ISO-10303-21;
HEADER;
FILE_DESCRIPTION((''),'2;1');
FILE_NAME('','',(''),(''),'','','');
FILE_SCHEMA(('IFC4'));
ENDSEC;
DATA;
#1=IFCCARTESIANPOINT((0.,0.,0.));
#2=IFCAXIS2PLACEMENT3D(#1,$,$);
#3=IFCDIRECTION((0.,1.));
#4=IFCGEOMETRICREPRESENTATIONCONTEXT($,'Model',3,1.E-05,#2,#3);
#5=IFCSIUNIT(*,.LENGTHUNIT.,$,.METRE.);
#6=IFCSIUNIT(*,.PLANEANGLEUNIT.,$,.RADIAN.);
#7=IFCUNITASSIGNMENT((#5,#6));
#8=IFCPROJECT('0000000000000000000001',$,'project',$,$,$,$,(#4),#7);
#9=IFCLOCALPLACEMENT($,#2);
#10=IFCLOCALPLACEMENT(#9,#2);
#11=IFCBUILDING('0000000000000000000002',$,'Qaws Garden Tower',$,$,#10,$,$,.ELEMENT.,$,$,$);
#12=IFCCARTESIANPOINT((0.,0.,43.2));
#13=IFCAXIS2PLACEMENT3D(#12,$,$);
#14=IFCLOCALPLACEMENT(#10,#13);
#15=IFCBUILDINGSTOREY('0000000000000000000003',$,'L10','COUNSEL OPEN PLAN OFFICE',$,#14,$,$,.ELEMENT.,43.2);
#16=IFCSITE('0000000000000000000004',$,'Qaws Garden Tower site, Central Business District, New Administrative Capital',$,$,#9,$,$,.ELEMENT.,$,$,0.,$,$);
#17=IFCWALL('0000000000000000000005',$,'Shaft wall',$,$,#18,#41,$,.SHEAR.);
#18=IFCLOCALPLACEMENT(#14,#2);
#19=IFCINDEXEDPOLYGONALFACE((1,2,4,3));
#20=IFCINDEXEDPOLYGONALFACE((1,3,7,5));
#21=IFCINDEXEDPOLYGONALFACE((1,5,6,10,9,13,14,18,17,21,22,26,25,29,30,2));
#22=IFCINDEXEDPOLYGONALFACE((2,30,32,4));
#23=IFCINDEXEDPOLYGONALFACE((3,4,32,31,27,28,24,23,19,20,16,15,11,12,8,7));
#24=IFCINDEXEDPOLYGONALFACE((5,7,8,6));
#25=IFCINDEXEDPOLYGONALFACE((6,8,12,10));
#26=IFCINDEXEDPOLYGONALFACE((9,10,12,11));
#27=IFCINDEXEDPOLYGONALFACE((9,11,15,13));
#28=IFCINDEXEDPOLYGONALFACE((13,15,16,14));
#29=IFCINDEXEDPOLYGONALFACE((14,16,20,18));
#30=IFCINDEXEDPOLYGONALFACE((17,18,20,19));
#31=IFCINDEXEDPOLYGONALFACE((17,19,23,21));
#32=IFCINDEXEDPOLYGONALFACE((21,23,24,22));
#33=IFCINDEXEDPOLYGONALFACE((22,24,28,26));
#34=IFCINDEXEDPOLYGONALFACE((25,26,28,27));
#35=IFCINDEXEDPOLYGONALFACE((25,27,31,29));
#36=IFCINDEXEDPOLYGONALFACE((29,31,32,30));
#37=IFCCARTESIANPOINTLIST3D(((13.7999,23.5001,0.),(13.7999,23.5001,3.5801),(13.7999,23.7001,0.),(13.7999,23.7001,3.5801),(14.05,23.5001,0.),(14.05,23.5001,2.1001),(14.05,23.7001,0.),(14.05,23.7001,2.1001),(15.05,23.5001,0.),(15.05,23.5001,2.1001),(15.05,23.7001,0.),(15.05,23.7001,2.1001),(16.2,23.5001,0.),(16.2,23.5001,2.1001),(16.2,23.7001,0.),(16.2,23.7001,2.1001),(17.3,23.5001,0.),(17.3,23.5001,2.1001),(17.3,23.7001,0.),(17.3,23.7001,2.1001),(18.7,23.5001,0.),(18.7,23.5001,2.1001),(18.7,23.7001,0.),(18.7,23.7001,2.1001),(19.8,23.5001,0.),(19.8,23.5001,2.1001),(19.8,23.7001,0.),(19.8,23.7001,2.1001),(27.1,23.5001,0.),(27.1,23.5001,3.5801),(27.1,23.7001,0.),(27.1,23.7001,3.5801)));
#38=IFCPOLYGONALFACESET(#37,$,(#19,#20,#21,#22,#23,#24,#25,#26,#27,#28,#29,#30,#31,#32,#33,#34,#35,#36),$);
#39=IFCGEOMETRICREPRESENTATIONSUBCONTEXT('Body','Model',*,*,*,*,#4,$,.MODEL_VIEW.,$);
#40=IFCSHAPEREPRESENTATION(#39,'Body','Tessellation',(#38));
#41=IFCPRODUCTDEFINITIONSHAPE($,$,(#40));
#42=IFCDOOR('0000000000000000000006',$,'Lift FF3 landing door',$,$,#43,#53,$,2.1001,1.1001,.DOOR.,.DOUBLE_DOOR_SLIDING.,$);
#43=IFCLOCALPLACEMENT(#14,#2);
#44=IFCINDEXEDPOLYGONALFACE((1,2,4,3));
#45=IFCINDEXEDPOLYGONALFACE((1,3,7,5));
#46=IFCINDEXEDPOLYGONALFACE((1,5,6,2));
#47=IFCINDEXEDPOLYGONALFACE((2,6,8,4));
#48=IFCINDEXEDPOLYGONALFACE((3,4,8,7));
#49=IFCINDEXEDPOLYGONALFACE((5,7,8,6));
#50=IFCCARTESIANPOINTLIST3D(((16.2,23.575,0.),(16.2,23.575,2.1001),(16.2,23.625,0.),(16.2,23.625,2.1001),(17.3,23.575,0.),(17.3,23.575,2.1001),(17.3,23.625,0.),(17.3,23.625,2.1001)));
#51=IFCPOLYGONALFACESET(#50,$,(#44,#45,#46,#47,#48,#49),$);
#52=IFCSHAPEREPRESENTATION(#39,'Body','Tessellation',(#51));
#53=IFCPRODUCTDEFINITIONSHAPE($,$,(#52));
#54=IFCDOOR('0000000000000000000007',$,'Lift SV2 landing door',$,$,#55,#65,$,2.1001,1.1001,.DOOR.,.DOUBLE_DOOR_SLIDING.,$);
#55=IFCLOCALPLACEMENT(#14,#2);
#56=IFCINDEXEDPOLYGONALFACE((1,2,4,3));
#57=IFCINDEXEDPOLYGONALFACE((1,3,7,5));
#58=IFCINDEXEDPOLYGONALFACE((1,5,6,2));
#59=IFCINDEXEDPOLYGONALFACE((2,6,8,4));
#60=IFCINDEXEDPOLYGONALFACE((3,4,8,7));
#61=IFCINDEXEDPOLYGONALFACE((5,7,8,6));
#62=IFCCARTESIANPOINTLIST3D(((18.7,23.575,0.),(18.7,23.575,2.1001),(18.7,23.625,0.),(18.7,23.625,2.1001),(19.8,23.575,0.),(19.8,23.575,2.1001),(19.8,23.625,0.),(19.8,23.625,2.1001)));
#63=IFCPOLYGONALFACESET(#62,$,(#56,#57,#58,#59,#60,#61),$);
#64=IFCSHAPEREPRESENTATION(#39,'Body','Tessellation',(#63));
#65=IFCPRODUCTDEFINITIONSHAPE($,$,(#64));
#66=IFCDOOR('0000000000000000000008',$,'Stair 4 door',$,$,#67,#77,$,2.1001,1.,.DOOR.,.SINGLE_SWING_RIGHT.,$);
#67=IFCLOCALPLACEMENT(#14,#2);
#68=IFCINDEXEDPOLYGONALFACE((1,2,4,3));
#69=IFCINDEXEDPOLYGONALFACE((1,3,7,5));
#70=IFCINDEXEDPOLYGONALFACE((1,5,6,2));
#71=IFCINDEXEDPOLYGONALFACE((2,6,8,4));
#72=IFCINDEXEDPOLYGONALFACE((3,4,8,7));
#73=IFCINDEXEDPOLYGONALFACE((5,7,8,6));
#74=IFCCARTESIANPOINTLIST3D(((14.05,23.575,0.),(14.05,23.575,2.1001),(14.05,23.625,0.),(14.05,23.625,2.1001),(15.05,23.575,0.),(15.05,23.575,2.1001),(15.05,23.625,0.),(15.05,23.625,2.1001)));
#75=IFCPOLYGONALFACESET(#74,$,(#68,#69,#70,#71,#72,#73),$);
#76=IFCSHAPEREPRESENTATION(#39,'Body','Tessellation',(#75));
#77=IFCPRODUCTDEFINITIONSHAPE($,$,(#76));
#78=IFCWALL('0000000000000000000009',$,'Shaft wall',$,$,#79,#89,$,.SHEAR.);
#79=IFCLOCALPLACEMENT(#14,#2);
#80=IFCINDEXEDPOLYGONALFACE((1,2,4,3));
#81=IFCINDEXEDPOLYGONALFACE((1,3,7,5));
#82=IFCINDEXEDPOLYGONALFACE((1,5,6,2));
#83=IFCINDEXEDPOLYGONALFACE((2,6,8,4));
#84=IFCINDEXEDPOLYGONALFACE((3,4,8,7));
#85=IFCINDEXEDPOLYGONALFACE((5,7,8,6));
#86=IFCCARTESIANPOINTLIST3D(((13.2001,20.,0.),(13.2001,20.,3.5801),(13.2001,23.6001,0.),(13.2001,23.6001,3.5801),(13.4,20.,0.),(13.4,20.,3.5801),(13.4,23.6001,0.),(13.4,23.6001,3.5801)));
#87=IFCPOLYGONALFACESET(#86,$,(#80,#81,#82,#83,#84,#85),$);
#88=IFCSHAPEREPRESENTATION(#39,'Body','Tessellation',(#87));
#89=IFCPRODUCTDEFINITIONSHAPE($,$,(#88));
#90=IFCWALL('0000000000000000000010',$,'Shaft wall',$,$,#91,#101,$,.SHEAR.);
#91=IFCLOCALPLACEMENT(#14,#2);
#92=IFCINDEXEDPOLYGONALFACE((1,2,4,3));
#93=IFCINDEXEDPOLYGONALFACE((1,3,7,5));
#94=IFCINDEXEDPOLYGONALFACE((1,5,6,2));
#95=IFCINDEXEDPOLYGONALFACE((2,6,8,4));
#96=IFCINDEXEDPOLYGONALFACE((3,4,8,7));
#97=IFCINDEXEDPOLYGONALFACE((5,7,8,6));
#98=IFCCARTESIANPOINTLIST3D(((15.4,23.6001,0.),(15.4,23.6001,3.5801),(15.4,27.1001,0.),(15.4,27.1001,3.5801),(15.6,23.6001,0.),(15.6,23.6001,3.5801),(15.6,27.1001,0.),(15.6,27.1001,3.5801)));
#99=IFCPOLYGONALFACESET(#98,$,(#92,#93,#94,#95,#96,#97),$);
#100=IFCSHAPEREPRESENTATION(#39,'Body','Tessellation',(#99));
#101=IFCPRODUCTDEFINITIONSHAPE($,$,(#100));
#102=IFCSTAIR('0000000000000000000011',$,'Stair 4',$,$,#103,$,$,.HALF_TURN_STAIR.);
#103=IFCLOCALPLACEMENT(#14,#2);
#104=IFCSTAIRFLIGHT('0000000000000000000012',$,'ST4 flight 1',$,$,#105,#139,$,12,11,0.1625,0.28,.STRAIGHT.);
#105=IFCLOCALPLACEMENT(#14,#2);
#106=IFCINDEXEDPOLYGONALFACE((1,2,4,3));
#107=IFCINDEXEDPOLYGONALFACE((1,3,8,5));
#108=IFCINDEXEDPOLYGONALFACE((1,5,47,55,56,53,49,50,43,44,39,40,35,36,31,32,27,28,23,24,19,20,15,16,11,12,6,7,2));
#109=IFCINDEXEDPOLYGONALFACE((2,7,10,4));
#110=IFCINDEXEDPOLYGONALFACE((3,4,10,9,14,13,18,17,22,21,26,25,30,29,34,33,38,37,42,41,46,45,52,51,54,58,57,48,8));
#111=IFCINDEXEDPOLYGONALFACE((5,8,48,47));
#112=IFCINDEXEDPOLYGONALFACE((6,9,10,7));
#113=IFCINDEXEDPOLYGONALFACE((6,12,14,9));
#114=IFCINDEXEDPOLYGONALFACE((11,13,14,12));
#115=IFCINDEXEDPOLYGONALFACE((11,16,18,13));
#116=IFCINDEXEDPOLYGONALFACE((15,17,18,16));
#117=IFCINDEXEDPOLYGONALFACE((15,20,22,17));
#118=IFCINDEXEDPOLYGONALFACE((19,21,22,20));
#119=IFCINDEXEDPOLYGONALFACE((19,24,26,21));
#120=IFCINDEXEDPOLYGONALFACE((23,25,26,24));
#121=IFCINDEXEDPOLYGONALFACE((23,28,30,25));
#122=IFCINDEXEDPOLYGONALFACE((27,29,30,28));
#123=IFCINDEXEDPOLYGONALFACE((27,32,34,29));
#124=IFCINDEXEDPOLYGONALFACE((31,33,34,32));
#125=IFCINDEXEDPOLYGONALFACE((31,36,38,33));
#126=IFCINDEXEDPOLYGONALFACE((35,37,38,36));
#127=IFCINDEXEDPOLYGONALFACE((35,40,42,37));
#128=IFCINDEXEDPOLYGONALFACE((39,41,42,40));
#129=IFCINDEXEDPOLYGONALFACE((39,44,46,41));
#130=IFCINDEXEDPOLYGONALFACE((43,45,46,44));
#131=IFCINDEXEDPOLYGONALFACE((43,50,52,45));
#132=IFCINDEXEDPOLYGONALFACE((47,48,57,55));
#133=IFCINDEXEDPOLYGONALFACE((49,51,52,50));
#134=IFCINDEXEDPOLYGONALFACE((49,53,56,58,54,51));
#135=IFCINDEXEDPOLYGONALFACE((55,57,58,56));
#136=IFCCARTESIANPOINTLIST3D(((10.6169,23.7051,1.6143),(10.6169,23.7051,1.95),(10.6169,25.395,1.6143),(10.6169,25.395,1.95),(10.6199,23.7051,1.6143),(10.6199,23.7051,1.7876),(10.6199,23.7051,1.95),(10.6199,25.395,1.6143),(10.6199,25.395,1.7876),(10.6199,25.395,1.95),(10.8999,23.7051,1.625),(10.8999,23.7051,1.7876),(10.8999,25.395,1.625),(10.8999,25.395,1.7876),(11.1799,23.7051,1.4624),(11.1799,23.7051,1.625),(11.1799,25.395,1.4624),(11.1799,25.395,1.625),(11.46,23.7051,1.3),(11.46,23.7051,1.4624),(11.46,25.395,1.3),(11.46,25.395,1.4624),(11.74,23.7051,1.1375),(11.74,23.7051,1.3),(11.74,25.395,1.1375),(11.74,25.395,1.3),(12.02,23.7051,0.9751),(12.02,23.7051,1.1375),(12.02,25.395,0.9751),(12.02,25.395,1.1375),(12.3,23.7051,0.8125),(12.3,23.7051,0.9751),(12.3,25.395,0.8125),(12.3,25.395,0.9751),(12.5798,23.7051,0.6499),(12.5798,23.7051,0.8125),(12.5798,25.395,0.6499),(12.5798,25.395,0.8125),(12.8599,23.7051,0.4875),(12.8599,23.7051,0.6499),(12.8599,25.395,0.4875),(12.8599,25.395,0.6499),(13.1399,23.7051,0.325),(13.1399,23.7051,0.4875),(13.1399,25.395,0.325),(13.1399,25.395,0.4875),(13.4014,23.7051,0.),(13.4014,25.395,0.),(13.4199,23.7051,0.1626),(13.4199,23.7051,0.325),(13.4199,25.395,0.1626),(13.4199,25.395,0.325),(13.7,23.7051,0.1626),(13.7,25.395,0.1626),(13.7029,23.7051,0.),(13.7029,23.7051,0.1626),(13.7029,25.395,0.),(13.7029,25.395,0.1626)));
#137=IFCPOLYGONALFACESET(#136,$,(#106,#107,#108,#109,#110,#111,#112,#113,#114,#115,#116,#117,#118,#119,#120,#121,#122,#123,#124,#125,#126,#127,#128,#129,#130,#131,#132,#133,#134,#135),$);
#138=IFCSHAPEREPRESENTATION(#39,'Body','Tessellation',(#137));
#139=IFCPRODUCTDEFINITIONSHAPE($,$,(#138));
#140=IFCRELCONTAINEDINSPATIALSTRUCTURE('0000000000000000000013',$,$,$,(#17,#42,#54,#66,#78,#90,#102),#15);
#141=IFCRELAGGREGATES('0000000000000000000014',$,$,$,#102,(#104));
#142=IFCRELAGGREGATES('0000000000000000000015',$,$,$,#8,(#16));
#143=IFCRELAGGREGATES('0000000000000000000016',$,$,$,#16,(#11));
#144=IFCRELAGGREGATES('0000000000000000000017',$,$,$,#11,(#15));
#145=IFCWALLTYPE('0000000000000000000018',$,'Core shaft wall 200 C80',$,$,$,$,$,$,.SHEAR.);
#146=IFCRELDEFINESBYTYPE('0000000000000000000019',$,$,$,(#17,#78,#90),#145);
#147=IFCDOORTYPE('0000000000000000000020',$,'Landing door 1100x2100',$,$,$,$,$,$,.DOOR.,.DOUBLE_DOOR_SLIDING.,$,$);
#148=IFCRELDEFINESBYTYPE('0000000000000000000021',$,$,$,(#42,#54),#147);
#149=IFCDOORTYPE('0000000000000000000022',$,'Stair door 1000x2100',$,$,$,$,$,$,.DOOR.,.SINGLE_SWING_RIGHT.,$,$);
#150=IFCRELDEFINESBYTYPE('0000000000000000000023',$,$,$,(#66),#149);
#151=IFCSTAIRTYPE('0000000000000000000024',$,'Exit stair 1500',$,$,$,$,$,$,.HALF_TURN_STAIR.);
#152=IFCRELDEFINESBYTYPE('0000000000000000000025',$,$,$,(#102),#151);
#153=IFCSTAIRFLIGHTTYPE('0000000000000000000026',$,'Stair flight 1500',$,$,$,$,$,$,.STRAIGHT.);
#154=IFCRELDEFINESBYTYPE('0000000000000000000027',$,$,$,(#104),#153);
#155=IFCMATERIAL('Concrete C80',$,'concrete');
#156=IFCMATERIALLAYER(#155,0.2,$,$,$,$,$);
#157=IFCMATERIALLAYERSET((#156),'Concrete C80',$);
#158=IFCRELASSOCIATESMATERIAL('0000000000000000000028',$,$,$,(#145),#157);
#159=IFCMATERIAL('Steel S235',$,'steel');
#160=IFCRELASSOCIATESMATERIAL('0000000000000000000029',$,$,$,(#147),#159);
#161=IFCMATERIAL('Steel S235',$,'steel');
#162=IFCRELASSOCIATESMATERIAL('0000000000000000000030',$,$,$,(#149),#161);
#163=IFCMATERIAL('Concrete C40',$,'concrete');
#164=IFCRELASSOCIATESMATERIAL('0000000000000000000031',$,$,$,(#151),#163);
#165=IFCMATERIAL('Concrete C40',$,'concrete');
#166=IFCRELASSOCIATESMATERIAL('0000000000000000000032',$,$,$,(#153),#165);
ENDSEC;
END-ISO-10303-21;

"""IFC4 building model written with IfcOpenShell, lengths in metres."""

from ifc_helpers import new_model, si_unit, direction, frame, frame_2d, origin, place, context, subcontext, project, spatial, polyline, rectangle, outline, extrude, material, layer, layer_set, type_object, element, fill, aggregate, save


model = new_model("IFC4")

# Units and contexts
model_context = context("Model", 3, precision=1e-05, world=origin(), true_north=direction((0.0, 1.0)))
body_context = subcontext(model_context, "Body", "Model", "MODEL_VIEW")
ifc_project = project(units=[si_unit("LENGTHUNIT", "METRE"), si_unit("PLANEANGLEUNIT", "RADIAN")], contexts=[model_context])

# Site, building, storey
site_placement = place(None, origin())
site = spatial("IfcSite", under=ifc_project, at=site_placement, Name="Qaws Garden Tower site, Central Business District, New Administrative Capital", CompositionType="ELEMENT", RefElevation=0.0)
building_placement = place(site_placement, origin())
building = spatial("IfcBuilding", under=site, at=building_placement, Name="Qaws Garden Tower", CompositionType="ELEMENT")
storey_placement = place(building_placement, frame((0.0, 0.0, 43.2)))
storey = spatial("IfcBuildingStorey", under=building, at=storey_placement, Name="L10", Description="COUNSEL OPEN PLAN OFFICE", CompositionType="ELEMENT", Elevation=43.2)

# Shared definitions
ifc_material_1 = material(Name="Concrete C80", Category="concrete")
ifc_layer_1 = layer(ifc_material_1, 0.2)
ifc_layer_set_1 = layer_set([ifc_layer_1], Name="Concrete C80")
wall_type_1 = type_object("IfcWallType", Name="Core shaft wall 200 C80", PredefinedType="SHEAR", material=ifc_layer_set_1)

# Wall, openings, doors
wall_1_placement = place(storey_placement, frame((13.8, 23.6001, 0.0), z_axis=(0.0, 0.0, 1.0), x_axis=(1.0, 0.0, 0.0)))
wall_1 = element("IfcWall", 1, at=wall_1_placement, inside=storey, type_object=wall_type_1, Name="Shaft wall", PredefinedType="SHEAR", context=body_context, shape_type="SweptSolid", body=[
    extrude(rectangle(XDim=13.3, YDim=0.2, at=frame_2d((6.6499, 0.0))), origin(), (0.0, 0.0, 1.0), 3.5801),
])
opening_1_placement = place(wall_1_placement, frame((2.3999, 0.0, 0.0)))
opening_1 = element("IfcOpeningElement", 2, at=opening_1_placement, cuts=wall_1, PredefinedType="OPENING", context=body_context, shape_type="SweptSolid", body=[
    extrude(rectangle(XDim=1.1001, YDim=2.1001, at=frame_2d((0.55, 1.05))), frame((0.0, 0.1099, 0.0), z_axis=(0.0, -1.0, 0.0), x_axis=(1.0, 0.0, 0.0)), (0.0, 0.0, 1.0), 0.22),
])
opening_2_placement = place(wall_1_placement, frame((4.8999, 0.0, 0.0)))
opening_2 = element("IfcOpeningElement", 3, at=opening_2_placement, cuts=wall_1, PredefinedType="OPENING", context=body_context, shape_type="SweptSolid", body=[
    extrude(rectangle(XDim=1.1001, YDim=2.1001, at=frame_2d((0.55, 1.05))), frame((0.0, 0.1099, 0.0), z_axis=(0.0, -1.0, 0.0), x_axis=(1.0, 0.0, 0.0)), (0.0, 0.0, 1.0), 0.22),
])
opening_3_placement = place(wall_1_placement, frame((0.25, 0.0, 0.0)))
opening_3 = element("IfcOpeningElement", 4, at=opening_3_placement, cuts=wall_1, PredefinedType="OPENING", context=body_context, shape_type="SweptSolid", body=[
    extrude(rectangle(XDim=1.0, YDim=2.1001, at=frame_2d((0.5, 1.05))), frame((0.0, 0.1099, 0.0), z_axis=(0.0, -1.0, 0.0), x_axis=(1.0, 0.0, 0.0)), (0.0, 0.0, 1.0), 0.22),
])
ifc_material_2 = material(Name="Steel S235", Category="steel")
door_type_1 = type_object("IfcDoorType", Name="Landing door 1100x2100", OperationType="DOUBLE_DOOR_SLIDING", PredefinedType="DOOR", material=ifc_material_2)
door_1_placement = place(opening_1_placement, origin())
door_1 = element("IfcDoor", 5, at=door_1_placement, inside=storey, type_object=door_type_1, Name="Lift FF3 landing door", OperationType="DOUBLE_DOOR_SLIDING", OverallHeight=2.1001, OverallWidth=1.1001, PredefinedType="DOOR", context=body_context, shape_type="SweptSolid", body=[
    extrude(rectangle(XDim=1.1001, YDim=2.1001, at=frame_2d((0.55, 1.05))), frame((0.0, 0.0249, 0.0), z_axis=(0.0, -1.0, 0.0), x_axis=(1.0, 0.0, 0.0)), (0.0, 0.0, 1.0), 0.05),
])
fill(opening_1, door_1)
door_2_placement = place(opening_2_placement, origin())
door_2 = element("IfcDoor", 6, at=door_2_placement, inside=storey, type_object=door_type_1, Name="Lift SV2 landing door", OperationType="DOUBLE_DOOR_SLIDING", OverallHeight=2.1001, OverallWidth=1.1001, PredefinedType="DOOR", context=body_context, shape_type="SweptSolid", body=[
    extrude(rectangle(XDim=1.1001, YDim=2.1001, at=frame_2d((0.55, 1.05))), frame((0.0, 0.0249, 0.0), z_axis=(0.0, -1.0, 0.0), x_axis=(1.0, 0.0, 0.0)), (0.0, 0.0, 1.0), 0.05),
])
fill(opening_2, door_2)
ifc_material_3 = material(Name="Steel S235", Category="steel")
door_type_2 = type_object("IfcDoorType", Name="Stair door 1000x2100", OperationType="SINGLE_SWING_RIGHT", PredefinedType="DOOR", material=ifc_material_3)
door_3_placement = place(opening_3_placement, origin())
door_3 = element("IfcDoor", 7, at=door_3_placement, inside=storey, type_object=door_type_2, Name="Stair 4 door", OperationType="SINGLE_SWING_RIGHT", OverallHeight=2.1001, OverallWidth=1.0, PredefinedType="DOOR", context=body_context, shape_type="SweptSolid", body=[
    extrude(rectangle(XDim=1.0, YDim=2.1001, at=frame_2d((0.5, 1.05))), frame((0.0, 0.0249, 0.0), z_axis=(0.0, -1.0, 0.0), x_axis=(1.0, 0.0, 0.0)), (0.0, 0.0, 1.0), 0.05),
])
fill(opening_3, door_3)

# Walls
wall_2_placement = place(storey_placement, frame((13.3, 20.0, 0.0), z_axis=(0.0, 0.0, 1.0), x_axis=(0.0, 1.0, 0.0)))
element("IfcWall", 8, at=wall_2_placement, inside=storey, type_object=wall_type_1, Name="Shaft wall", PredefinedType="SHEAR", context=body_context, shape_type="SweptSolid", body=[
    extrude(rectangle(XDim=3.6001, YDim=0.2, at=frame_2d((1.8, 0.0))), origin(), (0.0, 0.0, 1.0), 3.5801),
])
wall_3_placement = place(storey_placement, frame((15.5, 23.6001, 0.0), z_axis=(0.0, 0.0, 1.0), x_axis=(0.0, 1.0, 0.0)))
element("IfcWall", 9, at=wall_3_placement, inside=storey, type_object=wall_type_1, Name="Shaft wall", PredefinedType="SHEAR", context=body_context, shape_type="SweptSolid", body=[
    extrude(rectangle(XDim=3.5, YDim=0.2, at=frame_2d((1.75, 0.0))), origin(), (0.0, 0.0, 1.0), 3.5801),
])

# Stair, stair flight
ifc_material_4 = material(Name="Concrete C40", Category="concrete")
stair_type = type_object("IfcStairType", Name="Exit stair 1500", PredefinedType="HALF_TURN_STAIR", material=ifc_material_4)
stair_placement = place(storey_placement, origin())
stair = element("IfcStair", 10, at=stair_placement, inside=storey, type_object=stair_type, Name="Stair 4", PredefinedType="HALF_TURN_STAIR")
ifc_material_5 = material(Name="Concrete C40", Category="concrete")
stair_flight_type = type_object("IfcStairFlightType", Name="Stair flight 1500", PredefinedType="STRAIGHT", material=ifc_material_5)
stair_flight_1_placement = place(storey_placement, frame((13.7, 24.55, 0.0), z_axis=(0.0, 0.0, 1.0), x_axis=(-1.0, 0.0, 0.0)))
stair_flight_1 = element("IfcStairFlight", 11, at=stair_flight_1_placement, type_object=stair_flight_type, Name="ST4 flight 1", NumberOfRisers=12, NumberOfTreads=11, PredefinedType="STRAIGHT", RiserHeight=0.1625, TreadLength=0.28, context=body_context, shape_type="SweptSolid", body=[
    extrude(outline(polyline([(-0.0029, 0.0), (-0.0029, 0.1626), (0.0, 0.1626), (0.28, 0.1626), (0.28, 0.325), (0.5601, 0.325), (0.5601, 0.4875), (0.8401, 0.4875), (0.8401, 0.6499), (1.1201, 0.6499), (1.1201, 0.8125), (1.3999, 0.8125), (1.3999, 0.9751), (1.6799, 0.9751), (1.6799, 1.1375), (1.96, 1.1375), (1.96, 1.3), (2.24, 1.3), (2.24, 1.4624), (2.52, 1.4624), (2.52, 1.625), (2.8, 1.625), (2.8, 1.7876), (3.0801, 1.7876), (3.0801, 1.95), (3.083, 1.95), (3.083, 1.6143), (3.0801, 1.6143), (0.2986, 0.0), (-0.0029, 0.0)])), frame((0.0, 0.845, 0.0), z_axis=(0.0, -1.0, 0.0), x_axis=(1.0, 0.0, 0.0)), (0.0, 0.0, 1.0), 1.6899),
])
aggregate(stair, [stair_flight_1])

save(model, "model.ifc")
